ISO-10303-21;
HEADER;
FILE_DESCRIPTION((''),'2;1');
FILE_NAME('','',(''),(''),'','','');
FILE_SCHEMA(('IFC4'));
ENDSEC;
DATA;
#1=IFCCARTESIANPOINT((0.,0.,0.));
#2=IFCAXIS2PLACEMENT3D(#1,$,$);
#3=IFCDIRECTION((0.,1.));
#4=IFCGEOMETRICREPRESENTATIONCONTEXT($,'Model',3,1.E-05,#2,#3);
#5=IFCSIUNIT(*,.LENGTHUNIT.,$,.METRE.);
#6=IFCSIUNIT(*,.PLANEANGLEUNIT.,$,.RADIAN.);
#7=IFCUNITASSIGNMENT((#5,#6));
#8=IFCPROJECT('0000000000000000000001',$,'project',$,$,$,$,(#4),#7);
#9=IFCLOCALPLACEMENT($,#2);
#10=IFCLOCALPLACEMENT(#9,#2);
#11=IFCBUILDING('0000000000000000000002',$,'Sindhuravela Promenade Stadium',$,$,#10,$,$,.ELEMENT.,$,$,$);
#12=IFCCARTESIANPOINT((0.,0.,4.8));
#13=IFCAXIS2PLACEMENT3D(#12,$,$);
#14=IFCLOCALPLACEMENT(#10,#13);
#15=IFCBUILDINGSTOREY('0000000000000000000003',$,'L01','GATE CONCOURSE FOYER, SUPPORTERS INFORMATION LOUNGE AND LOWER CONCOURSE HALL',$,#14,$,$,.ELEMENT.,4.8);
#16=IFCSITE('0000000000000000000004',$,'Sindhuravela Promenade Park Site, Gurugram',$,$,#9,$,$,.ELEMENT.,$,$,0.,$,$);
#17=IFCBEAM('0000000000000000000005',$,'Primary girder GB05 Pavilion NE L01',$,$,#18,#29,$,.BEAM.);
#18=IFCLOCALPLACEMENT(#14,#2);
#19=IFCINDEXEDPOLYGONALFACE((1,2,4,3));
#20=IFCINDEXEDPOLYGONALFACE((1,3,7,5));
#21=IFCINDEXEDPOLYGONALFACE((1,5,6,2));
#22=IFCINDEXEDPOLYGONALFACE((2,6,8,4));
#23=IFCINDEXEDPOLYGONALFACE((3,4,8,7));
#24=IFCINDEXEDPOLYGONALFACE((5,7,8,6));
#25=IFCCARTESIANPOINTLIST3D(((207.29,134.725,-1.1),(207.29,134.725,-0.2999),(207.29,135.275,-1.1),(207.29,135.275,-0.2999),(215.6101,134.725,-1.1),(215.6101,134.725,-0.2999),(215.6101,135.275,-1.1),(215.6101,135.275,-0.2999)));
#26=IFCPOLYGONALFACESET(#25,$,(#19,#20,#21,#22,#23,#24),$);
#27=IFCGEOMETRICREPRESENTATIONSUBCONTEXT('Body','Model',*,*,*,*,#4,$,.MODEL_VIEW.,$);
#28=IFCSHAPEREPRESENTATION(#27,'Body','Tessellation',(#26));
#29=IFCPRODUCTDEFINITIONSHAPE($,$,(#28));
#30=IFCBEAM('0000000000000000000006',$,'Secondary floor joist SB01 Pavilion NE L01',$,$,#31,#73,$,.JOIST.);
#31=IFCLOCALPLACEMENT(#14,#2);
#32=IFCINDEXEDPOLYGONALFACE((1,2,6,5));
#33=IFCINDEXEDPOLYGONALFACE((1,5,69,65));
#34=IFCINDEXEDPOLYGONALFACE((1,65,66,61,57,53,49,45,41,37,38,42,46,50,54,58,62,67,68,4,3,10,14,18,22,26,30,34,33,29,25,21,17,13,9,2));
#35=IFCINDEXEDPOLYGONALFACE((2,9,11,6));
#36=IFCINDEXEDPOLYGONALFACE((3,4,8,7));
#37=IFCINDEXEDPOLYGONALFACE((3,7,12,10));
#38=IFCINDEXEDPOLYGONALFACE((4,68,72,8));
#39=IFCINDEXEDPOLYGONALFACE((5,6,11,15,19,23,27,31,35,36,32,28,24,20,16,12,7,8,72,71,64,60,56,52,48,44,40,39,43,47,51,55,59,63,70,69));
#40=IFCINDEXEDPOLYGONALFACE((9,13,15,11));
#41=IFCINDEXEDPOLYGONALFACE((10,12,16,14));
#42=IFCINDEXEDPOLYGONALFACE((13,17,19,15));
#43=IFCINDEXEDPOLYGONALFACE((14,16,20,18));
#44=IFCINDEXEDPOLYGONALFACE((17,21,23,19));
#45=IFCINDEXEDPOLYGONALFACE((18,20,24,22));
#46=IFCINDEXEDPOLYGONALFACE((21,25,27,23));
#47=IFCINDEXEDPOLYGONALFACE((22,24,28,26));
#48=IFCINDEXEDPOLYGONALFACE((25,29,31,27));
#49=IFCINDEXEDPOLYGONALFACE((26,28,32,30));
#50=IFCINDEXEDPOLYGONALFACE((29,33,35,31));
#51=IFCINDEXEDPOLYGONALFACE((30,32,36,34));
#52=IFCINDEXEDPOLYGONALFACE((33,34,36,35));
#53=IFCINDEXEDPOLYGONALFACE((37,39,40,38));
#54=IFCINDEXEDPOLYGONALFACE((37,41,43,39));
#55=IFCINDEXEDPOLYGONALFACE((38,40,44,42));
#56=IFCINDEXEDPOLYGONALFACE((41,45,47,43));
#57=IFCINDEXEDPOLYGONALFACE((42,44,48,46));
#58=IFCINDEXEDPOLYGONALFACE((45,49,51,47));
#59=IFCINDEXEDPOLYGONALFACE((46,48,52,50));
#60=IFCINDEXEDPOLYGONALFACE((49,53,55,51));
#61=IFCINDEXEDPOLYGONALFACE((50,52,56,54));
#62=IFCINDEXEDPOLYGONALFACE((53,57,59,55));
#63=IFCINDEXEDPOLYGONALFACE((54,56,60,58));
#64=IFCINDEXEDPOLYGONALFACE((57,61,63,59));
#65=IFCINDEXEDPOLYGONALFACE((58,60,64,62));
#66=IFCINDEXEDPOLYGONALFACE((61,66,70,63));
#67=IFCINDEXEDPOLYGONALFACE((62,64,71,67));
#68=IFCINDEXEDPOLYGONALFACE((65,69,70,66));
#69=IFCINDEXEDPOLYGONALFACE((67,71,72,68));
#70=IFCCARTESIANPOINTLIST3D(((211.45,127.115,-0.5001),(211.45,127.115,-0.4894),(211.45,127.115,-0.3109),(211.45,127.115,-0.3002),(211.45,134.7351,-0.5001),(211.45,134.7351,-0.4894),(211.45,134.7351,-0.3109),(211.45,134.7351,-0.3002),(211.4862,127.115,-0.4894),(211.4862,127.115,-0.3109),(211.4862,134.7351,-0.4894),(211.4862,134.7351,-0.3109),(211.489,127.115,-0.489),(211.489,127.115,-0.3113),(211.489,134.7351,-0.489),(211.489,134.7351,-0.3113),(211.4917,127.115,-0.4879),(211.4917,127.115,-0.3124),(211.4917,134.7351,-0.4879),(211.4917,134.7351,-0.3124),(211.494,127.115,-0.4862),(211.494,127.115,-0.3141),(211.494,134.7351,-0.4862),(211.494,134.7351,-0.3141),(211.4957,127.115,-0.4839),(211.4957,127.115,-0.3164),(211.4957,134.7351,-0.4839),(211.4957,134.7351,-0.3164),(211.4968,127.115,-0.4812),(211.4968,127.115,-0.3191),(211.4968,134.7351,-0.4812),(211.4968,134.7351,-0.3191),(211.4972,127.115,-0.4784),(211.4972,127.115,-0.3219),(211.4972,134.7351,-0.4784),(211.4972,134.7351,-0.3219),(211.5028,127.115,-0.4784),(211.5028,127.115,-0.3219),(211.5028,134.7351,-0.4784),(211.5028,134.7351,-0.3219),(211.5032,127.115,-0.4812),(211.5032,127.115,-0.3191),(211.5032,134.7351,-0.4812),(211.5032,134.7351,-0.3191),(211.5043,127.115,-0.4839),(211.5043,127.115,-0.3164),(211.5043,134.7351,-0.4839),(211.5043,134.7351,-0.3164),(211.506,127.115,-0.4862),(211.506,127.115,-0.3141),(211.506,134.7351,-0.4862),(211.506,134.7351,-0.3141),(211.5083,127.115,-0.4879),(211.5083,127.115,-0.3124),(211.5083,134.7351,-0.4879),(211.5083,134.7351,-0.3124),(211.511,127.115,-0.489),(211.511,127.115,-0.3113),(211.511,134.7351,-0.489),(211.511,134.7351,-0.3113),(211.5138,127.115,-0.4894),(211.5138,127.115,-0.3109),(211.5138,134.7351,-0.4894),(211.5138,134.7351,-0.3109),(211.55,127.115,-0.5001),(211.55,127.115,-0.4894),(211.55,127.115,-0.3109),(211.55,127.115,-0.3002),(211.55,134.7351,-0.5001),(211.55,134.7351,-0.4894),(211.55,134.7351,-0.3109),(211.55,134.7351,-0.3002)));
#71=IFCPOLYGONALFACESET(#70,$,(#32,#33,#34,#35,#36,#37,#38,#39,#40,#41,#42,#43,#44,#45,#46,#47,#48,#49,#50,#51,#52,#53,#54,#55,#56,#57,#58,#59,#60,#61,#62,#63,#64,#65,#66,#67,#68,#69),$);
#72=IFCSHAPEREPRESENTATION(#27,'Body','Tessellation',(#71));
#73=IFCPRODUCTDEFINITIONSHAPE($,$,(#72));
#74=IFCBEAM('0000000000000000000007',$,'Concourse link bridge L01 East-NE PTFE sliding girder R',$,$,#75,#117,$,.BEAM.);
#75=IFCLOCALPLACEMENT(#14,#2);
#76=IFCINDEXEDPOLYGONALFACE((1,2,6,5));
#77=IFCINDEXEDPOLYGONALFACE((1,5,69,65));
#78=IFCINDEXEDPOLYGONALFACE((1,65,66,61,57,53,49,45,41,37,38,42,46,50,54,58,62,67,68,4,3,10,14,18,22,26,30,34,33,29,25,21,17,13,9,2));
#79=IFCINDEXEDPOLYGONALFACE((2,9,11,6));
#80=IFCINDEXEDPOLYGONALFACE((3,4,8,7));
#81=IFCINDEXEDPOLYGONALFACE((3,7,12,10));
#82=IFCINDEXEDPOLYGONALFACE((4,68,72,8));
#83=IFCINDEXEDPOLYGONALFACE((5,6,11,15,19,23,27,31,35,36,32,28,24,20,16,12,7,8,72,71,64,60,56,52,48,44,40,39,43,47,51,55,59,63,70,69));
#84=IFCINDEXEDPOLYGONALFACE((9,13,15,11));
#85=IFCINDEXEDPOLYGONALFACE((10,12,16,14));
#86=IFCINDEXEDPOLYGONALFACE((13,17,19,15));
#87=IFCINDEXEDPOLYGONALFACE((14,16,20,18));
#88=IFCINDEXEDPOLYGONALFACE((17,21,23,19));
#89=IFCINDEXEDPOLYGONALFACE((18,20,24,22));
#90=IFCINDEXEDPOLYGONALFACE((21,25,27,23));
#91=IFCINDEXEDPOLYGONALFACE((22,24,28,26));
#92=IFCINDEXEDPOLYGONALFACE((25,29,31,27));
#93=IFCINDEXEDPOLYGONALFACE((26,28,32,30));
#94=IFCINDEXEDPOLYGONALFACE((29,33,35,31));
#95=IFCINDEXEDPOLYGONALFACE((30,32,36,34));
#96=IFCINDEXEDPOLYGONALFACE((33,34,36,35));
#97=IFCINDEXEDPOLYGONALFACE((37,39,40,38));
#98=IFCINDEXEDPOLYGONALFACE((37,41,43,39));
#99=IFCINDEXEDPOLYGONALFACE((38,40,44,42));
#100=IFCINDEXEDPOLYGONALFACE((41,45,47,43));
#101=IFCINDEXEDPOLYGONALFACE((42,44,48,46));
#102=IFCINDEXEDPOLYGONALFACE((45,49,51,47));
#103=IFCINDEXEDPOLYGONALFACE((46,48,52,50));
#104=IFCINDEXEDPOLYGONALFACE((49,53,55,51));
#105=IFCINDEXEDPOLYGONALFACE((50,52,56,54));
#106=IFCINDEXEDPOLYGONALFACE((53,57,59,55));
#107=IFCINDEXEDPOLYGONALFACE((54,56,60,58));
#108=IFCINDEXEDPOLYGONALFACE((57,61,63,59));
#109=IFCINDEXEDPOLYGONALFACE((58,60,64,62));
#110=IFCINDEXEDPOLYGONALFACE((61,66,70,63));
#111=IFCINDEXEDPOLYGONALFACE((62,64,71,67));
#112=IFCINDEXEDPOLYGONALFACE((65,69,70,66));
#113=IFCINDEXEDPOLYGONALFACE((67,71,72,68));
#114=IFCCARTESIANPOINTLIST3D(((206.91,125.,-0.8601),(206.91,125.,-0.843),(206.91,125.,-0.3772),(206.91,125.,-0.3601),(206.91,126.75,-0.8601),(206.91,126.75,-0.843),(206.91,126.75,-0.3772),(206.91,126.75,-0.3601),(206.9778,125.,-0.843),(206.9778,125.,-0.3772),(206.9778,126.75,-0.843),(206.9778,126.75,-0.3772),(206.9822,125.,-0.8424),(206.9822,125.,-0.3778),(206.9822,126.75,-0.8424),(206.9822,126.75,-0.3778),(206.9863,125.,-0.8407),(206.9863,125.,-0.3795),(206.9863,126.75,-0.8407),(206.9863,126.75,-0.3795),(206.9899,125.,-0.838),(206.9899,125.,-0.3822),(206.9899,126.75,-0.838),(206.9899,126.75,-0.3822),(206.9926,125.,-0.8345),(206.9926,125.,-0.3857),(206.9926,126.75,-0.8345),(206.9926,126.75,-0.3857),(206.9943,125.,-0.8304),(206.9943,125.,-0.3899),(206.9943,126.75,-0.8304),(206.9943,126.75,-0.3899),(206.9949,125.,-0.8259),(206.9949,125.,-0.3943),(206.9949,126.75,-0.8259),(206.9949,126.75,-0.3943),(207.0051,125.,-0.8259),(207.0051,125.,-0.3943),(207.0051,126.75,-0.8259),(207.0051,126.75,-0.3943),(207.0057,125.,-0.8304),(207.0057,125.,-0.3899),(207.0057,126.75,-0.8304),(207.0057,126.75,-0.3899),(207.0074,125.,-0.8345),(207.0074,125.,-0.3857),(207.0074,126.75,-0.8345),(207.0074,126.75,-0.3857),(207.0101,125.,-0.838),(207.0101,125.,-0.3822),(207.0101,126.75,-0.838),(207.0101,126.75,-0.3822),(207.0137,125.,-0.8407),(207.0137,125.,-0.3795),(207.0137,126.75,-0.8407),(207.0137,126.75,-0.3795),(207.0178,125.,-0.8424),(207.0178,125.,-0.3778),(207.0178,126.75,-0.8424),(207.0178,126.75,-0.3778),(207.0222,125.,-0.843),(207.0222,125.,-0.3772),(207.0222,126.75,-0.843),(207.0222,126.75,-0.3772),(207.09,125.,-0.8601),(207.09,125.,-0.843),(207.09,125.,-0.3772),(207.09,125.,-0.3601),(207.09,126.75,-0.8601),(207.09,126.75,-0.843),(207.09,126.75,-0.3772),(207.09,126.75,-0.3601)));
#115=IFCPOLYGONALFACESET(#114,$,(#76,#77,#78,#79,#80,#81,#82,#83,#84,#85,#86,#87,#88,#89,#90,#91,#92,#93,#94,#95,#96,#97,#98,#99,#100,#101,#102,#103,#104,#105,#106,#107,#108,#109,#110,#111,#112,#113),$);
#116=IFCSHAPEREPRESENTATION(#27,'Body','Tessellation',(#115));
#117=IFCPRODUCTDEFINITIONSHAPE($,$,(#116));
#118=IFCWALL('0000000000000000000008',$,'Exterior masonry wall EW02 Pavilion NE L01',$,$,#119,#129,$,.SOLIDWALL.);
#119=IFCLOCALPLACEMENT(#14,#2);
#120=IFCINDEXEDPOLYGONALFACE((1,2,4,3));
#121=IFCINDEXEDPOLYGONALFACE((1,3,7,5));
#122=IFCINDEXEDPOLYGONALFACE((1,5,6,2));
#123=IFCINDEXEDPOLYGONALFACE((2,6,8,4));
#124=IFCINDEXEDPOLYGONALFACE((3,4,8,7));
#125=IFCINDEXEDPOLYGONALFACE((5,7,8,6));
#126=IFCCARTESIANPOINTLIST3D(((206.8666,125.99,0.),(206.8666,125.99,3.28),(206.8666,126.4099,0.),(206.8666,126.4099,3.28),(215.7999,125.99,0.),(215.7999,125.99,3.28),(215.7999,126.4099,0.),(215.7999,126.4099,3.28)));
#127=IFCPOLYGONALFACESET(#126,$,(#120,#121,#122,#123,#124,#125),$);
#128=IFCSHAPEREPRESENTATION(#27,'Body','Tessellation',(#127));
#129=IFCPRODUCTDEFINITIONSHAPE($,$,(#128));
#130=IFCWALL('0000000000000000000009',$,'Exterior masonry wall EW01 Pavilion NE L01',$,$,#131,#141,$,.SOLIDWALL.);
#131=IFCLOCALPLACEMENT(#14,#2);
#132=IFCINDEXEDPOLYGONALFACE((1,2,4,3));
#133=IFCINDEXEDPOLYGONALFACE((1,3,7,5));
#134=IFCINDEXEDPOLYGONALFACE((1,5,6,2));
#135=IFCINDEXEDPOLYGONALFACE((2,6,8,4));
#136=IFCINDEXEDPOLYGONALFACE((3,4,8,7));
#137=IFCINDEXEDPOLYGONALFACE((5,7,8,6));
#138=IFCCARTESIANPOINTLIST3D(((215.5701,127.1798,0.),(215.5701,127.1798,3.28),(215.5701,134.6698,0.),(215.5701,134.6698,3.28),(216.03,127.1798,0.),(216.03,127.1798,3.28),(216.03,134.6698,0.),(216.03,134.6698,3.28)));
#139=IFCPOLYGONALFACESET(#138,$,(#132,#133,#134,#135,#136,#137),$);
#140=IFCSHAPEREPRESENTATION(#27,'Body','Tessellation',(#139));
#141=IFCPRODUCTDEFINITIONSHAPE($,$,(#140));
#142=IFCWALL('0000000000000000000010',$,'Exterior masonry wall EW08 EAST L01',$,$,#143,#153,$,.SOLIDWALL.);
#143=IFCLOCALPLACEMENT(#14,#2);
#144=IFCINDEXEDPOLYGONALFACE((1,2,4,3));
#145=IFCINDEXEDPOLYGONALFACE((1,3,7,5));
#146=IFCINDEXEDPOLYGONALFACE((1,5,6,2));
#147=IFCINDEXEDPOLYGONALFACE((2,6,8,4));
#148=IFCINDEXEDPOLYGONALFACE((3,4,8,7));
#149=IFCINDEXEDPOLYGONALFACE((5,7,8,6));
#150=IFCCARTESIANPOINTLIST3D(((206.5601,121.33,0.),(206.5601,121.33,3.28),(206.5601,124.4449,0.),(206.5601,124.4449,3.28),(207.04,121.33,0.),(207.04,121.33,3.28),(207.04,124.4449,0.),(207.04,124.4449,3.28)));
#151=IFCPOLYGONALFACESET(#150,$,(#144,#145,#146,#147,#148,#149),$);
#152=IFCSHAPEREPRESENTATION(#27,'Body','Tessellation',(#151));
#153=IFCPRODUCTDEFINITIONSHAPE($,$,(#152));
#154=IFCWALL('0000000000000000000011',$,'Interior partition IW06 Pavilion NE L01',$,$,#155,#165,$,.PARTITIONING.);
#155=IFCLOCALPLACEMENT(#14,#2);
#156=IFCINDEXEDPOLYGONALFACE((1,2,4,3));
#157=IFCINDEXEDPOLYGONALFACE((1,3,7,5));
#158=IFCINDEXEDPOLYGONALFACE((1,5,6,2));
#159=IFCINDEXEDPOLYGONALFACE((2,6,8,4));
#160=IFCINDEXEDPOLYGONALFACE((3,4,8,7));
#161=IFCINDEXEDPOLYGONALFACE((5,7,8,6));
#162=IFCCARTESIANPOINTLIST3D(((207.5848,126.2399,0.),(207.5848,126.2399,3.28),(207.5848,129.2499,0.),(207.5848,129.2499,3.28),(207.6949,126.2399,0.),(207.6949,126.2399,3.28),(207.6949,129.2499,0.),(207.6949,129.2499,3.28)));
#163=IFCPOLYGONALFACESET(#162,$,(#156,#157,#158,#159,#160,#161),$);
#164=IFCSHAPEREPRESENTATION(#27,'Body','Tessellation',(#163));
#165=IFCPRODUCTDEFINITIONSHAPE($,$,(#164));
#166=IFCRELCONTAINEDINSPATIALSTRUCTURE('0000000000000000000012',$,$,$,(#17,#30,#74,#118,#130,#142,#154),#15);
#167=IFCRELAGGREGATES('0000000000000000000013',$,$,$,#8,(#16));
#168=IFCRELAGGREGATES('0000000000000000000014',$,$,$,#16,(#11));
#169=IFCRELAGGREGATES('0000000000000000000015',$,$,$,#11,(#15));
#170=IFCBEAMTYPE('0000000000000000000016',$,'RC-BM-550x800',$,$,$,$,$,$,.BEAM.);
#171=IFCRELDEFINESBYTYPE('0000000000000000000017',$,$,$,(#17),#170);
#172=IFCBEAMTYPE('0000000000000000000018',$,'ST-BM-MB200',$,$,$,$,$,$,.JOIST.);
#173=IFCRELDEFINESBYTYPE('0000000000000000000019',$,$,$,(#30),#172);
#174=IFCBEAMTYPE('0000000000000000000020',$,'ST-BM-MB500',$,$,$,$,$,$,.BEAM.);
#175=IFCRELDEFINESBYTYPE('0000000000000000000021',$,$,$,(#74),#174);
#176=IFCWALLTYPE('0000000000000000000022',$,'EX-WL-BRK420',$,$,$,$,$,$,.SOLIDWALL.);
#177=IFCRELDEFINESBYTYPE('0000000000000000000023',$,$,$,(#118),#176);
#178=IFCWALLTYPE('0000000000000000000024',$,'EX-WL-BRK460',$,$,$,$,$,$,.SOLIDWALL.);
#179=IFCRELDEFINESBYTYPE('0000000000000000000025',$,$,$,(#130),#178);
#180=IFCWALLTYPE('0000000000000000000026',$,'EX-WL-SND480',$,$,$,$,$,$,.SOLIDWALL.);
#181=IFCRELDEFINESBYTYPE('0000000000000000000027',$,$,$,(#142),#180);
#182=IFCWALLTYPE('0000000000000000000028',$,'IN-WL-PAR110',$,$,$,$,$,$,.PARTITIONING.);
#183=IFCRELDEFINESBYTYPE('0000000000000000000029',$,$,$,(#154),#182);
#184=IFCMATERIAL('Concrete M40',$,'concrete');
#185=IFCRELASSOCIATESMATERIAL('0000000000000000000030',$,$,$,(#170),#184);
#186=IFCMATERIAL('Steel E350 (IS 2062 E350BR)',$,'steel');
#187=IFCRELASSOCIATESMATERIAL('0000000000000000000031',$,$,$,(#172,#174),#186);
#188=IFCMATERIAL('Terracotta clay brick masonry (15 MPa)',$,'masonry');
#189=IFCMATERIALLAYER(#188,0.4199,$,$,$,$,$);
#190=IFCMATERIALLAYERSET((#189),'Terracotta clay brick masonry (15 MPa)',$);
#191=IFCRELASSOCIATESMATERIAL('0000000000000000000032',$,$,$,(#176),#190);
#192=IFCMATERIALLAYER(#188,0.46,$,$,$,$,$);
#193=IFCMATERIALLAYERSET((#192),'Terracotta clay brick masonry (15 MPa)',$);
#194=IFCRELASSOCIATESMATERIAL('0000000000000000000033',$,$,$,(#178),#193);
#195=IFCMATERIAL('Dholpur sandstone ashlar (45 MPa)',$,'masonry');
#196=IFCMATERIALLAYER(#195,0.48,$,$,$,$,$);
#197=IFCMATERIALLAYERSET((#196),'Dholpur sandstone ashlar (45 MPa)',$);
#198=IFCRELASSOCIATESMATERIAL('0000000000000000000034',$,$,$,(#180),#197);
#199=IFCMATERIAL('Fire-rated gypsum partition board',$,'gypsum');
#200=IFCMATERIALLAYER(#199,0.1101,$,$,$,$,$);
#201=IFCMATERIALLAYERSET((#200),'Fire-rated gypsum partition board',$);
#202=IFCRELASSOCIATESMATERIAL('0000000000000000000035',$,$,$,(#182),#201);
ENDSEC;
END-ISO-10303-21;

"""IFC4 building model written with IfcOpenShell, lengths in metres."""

from ifc_helpers import new_model, si_unit, direction, frame, frame_2d, origin, origin_2d, place, context, subcontext, project, spatial, rectangle, i_section, extrude, material, layer, layer_set, material_profile, profile_set, type_object, element, save


model = new_model("IFC4")

# Units and contexts
model_context = context("Model", 3, precision=1e-05, world=origin(), true_north=direction((0.0, 1.0)))
body_context = subcontext(model_context, "Body", "Model", "MODEL_VIEW")
ifc_project = project(units=[si_unit("LENGTHUNIT", "METRE"), si_unit("PLANEANGLEUNIT", "RADIAN")], contexts=[model_context])

# Site, building, storey
site_placement = place(None, origin())
site = spatial("IfcSite", under=ifc_project, at=site_placement, Name="Sindhuravela Promenade Park Site, Gurugram", CompositionType="ELEMENT", RefElevation=0.0)
building_placement = place(site_placement, origin())
building = spatial("IfcBuilding", under=site, at=building_placement, Name="Sindhuravela Promenade Stadium", CompositionType="ELEMENT")
storey_placement = place(building_placement, frame((0.0, 0.0, 4.8)))
storey = spatial("IfcBuildingStorey", under=building, at=storey_placement, Name="L01", Description="GATE CONCOURSE FOYER, SUPPORTERS INFORMATION LOUNGE AND LOWER CONCOURSE HALL", CompositionType="ELEMENT", Elevation=4.8)

# Shared definitions
ifc_material_1 = material(Name="Concrete M40", Category="concrete")

# Beams
ifc_material_profile_1 = material_profile(ifc_material_1, rectangle(XDim=0.55, YDim=0.8, at=origin_2d()), Name="RC 550x800")
ifc_profile_set_1 = profile_set([ifc_material_profile_1], Name="Concrete M40")
beam_type_1 = type_object("IfcBeamType", Name="RC-BM-550x800", PredefinedType="BEAM", material=ifc_profile_set_1)
for number, where, z_axis, x_axis, name in (
    (1, (207.29, 135.0, -0.7), (1.0, 0.0, 0.0), (0.0, 1.0, 0.0), "Primary girder GB05 Pavilion NE L01"),
):
    element("IfcBeam", number, at=place(storey_placement, frame(where, z_axis=z_axis, x_axis=x_axis)), inside=storey, type_object=beam_type_1, Name=name, PredefinedType="BEAM", context=body_context, shape_type="SweptSolid", body=[
        extrude(rectangle(XDim=0.55, YDim=0.8, at=origin_2d()), origin(), (0.0, 0.0, 1.0), 8.3201),
    ])
ifc_material_2 = material(Name="Steel E350 (IS 2062 E350BR)", Category="steel")
ifc_material_profile_2 = material_profile(ifc_material_2, i_section(OverallWidth=0.1001, OverallDepth=0.2, WebThickness=0.0056, FlangeThickness=0.0107, FilletRadius=0.011, at=origin_2d()), Name="ISMB 200")
ifc_profile_set_2 = profile_set([ifc_material_profile_2], Name="Steel E350 (IS 2062 E350BR)")
beam_type_2 = type_object("IfcBeamType", Name="ST-BM-MB200", PredefinedType="JOIST", material=ifc_profile_set_2)
beam_1_placement = place(storey_placement, frame((211.5, 127.115, -0.4001), z_axis=(0.0, 1.0, 0.0), x_axis=(-1.0, 0.0, 0.0)))
element("IfcBeam", 2, at=beam_1_placement, inside=storey, type_object=beam_type_2, Name="Secondary floor joist SB01 Pavilion NE L01", PredefinedType="JOIST", context=body_context, shape_type="SweptSolid", body=[
    extrude(i_section(OverallWidth=0.1001, OverallDepth=0.2, WebThickness=0.0056, FlangeThickness=0.0107, FilletRadius=0.011, at=origin_2d()), origin(), (0.0, 0.0, 1.0), 7.6201),
])
ifc_material_profile_3 = material_profile(ifc_material_2, i_section(OverallWidth=0.1799, OverallDepth=0.5, WebThickness=0.0103, FlangeThickness=0.0171, FilletRadius=0.0171, at=origin_2d()), Name="ISMB 500")
ifc_profile_set_3 = profile_set([ifc_material_profile_3], Name="Steel E350 (IS 2062 E350BR)")
beam_type_3 = type_object("IfcBeamType", Name="ST-BM-MB500", PredefinedType="BEAM", material=ifc_profile_set_3)
beam_2_placement = place(storey_placement, frame((207.0, 125.0, -0.6101), z_axis=(0.0, 1.0, 0.0), x_axis=(-1.0, 0.0, 0.0)))
element("IfcBeam", 3, at=beam_2_placement, inside=storey, type_object=beam_type_3, Name="Concourse link bridge L01 East-NE PTFE sliding girder R", PredefinedType="BEAM", context=body_context, shape_type="SweptSolid", body=[
    extrude(i_section(OverallWidth=0.1799, OverallDepth=0.5, WebThickness=0.0103, FlangeThickness=0.0171, FilletRadius=0.0171, at=origin_2d()), origin(), (0.0, 0.0, 1.0), 1.75),
])

# Walls
ifc_material_3 = material(Name="Terracotta clay brick masonry (15 MPa)", Category="masonry")
ifc_layer_1 = layer(ifc_material_3, 0.4199)
ifc_layer_set_1 = layer_set([ifc_layer_1], Name="Terracotta clay brick masonry (15 MPa)")
wall_type_1 = type_object("IfcWallType", Name="EX-WL-BRK420", PredefinedType="SOLIDWALL", material=ifc_layer_set_1)
wall_1_placement = place(storey_placement, frame((215.8, 126.2, 0.0), z_axis=(0.0, 0.0, 1.0), x_axis=(-1.0, 0.0, 0.0)))
element("IfcWall", 4, at=wall_1_placement, inside=storey, type_object=wall_type_1, Name="Exterior masonry wall EW02 Pavilion NE L01", PredefinedType="SOLIDWALL", context=body_context, shape_type="SweptSolid", body=[
    extrude(rectangle(XDim=8.9333, YDim=0.4199, at=frame_2d((4.4668, 0.0))), origin(), (0.0, 0.0, 1.0), 3.28),
])
ifc_layer_2 = layer(ifc_material_3, 0.46)
ifc_layer_set_2 = layer_set([ifc_layer_2], Name="Terracotta clay brick masonry (15 MPa)")
wall_type_2 = type_object("IfcWallType", Name="EX-WL-BRK460", PredefinedType="SOLIDWALL", material=ifc_layer_set_2)
wall_2_placement = place(storey_placement, frame((215.8, 134.6699, 0.0), z_axis=(0.0, 0.0, 1.0), x_axis=(0.0, -1.0, 0.0)))
element("IfcWall", 5, at=wall_2_placement, inside=storey, type_object=wall_type_2, Name="Exterior masonry wall EW01 Pavilion NE L01", PredefinedType="SOLIDWALL", context=body_context, shape_type="SweptSolid", body=[
    extrude(rectangle(XDim=7.49, YDim=0.46, at=frame_2d((3.7451, 0.0))), origin(), (0.0, 0.0, 1.0), 3.28),
])
ifc_material_4 = material(Name="Dholpur sandstone ashlar (45 MPa)", Category="masonry")
ifc_layer_3 = layer(ifc_material_4, 0.48)
ifc_layer_set_3 = layer_set([ifc_layer_3], Name="Dholpur sandstone ashlar (45 MPa)")
wall_type_3 = type_object("IfcWallType", Name="EX-WL-SND480", PredefinedType="SOLIDWALL", material=ifc_layer_set_3)
wall_3_placement = place(storey_placement, frame((206.8, 124.4451, 0.0), z_axis=(0.0, 0.0, 1.0), x_axis=(0.0, -1.0, 0.0)))
element("IfcWall", 6, at=wall_3_placement, inside=storey, type_object=wall_type_3, Name="Exterior masonry wall EW08 EAST L01", PredefinedType="SOLIDWALL", context=body_context, shape_type="SweptSolid", body=[
    extrude(rectangle(XDim=3.115, YDim=0.48, at=frame_2d((1.5576, 0.0))), origin(), (0.0, 0.0, 1.0), 3.28),
])
ifc_material_5 = material(Name="Fire-rated gypsum partition board", Category="gypsum")
ifc_layer_4 = layer(ifc_material_5, 0.1101)
ifc_layer_set_4 = layer_set([ifc_layer_4], Name="Fire-rated gypsum partition board")
wall_type_4 = type_object("IfcWallType", Name="IN-WL-PAR110", PredefinedType="PARTITIONING", material=ifc_layer_set_4)
wall_4_placement = place(storey_placement, frame((207.6399, 126.24, 0.0), z_axis=(0.0, 0.0, 1.0), x_axis=(0.0, 1.0, 0.0)))
element("IfcWall", 7, at=wall_4_placement, inside=storey, type_object=wall_type_4, Name="Interior partition IW06 Pavilion NE L01", PredefinedType="PARTITIONING", context=body_context, shape_type="SweptSolid", body=[
    extrude(rectangle(XDim=3.01, YDim=0.1101, at=frame_2d((1.5049, 0.0))), origin(), (0.0, 0.0, 1.0), 3.28),
])

save(model, "model.ifc")
